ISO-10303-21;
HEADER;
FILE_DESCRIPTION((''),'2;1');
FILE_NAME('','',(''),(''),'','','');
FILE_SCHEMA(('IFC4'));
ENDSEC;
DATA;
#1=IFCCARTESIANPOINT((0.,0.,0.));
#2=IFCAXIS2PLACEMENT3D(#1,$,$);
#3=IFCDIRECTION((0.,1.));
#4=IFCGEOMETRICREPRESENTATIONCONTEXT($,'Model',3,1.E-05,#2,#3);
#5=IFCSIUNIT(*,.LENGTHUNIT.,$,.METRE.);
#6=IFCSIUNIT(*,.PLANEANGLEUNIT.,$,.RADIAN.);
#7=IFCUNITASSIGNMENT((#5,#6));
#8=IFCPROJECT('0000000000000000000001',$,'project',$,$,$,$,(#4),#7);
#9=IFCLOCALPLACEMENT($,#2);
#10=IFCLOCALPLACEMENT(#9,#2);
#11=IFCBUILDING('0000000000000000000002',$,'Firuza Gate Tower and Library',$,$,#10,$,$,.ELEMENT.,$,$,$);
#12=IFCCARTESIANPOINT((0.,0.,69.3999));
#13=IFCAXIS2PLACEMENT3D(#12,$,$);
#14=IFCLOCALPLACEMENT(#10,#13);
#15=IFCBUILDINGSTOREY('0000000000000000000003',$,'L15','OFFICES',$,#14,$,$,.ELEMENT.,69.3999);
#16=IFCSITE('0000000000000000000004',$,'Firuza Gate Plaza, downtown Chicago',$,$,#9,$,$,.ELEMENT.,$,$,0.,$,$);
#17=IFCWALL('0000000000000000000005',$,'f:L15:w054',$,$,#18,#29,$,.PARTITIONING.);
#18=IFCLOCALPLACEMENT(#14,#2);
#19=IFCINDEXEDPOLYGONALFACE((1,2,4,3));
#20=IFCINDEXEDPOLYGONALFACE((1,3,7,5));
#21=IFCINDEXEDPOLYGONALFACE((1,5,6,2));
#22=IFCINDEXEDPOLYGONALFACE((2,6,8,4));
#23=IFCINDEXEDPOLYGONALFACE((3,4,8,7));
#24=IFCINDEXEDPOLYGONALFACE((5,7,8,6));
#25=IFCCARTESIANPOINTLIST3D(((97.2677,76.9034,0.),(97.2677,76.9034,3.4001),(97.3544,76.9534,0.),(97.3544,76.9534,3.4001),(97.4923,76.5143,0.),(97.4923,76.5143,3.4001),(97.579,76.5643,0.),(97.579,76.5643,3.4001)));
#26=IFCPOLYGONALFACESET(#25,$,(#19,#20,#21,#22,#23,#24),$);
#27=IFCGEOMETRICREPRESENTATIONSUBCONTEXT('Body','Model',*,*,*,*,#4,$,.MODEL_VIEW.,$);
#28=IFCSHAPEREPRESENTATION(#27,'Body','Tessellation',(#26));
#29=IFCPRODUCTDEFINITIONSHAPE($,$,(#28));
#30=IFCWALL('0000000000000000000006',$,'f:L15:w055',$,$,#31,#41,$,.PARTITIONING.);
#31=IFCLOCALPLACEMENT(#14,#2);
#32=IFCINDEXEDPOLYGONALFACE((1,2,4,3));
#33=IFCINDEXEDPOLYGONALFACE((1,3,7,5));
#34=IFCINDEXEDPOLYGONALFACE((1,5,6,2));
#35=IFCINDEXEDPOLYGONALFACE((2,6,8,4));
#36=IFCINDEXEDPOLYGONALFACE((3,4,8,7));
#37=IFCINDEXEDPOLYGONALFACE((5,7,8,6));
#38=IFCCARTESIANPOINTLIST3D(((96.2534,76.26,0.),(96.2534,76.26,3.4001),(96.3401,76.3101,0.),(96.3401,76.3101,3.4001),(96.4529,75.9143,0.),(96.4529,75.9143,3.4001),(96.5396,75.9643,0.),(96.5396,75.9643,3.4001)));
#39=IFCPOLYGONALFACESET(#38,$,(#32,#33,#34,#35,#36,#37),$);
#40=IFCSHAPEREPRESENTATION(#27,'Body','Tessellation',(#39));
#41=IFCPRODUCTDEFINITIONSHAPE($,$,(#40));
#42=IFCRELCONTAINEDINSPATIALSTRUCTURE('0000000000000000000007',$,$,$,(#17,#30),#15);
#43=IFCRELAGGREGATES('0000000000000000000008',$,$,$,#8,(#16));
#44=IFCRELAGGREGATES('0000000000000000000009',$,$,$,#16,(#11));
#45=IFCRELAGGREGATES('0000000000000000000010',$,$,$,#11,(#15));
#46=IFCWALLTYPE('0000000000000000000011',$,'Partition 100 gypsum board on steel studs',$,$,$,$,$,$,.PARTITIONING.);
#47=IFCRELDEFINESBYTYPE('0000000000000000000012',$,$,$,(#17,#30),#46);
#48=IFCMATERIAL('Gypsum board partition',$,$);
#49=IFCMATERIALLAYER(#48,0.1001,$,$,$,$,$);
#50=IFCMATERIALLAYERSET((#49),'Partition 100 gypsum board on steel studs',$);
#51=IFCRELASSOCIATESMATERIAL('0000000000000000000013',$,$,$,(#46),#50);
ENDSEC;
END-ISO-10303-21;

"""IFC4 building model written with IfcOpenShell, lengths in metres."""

from ifc_helpers import new_model, si_unit, direction, frame, frame_2d, origin, place, context, subcontext, project, spatial, rectangle, extrude, material, layer, layer_set, type_object, element, save


model = new_model("IFC4")

# Units and contexts
model_context = context("Model", 3, precision=1e-05, world=origin(), true_north=direction((0.0, 1.0)))
body_context = subcontext(model_context, "Body", "Model", "MODEL_VIEW")
ifc_project = project(units=[si_unit("LENGTHUNIT", "METRE"), si_unit("PLANEANGLEUNIT", "RADIAN")], contexts=[model_context])

# Site, building, storey
site_placement = place(None, origin())
site = spatial("IfcSite", under=ifc_project, at=site_placement, Name="Firuza Gate Plaza, downtown Chicago", CompositionType="ELEMENT", RefElevation=0.0)
building_placement = place(site_placement, origin())
building = spatial("IfcBuilding", under=site, at=building_placement, Name="Firuza Gate Tower and Library", CompositionType="ELEMENT")
storey_placement = place(building_placement, frame((0.0, 0.0, 69.3999)))
storey = spatial("IfcBuildingStorey", under=building, at=storey_placement, Name="L15", Description="OFFICES", CompositionType="ELEMENT", Elevation=69.3999)

# Shared definitions
ifc_material_1 = material(Name="Gypsum board partition")
ifc_layer_1 = layer(ifc_material_1, 0.1001)
ifc_layer_set_1 = layer_set([ifc_layer_1], Name="Partition 100 gypsum board on steel studs")
wall_type = type_object("IfcWallType", Name="Partition 100 gypsum board on steel studs", PredefinedType="PARTITIONING", material=ifc_layer_set_1)

# Walls
wall_1_placement = place(storey_placement, frame((97.5356, 76.5393, 0.0), z_axis=(0.0, 0.0, 1.0), x_axis=(-0.499879, 0.866095, 0.0)))
element("IfcWall", 1, at=wall_1_placement, inside=storey, type_object=wall_type, Name="f:L15:w054", PredefinedType="PARTITIONING", context=body_context, shape_type="SweptSolid", body=[
    extrude(rectangle(XDim=0.4492, YDim=0.1001, at=frame_2d((0.2246, 0.0))), origin(), (0.0, 0.0, 1.0), 3.4001),
])
wall_2_placement = place(storey_placement, frame((96.4963, 75.9392, 0.0), z_axis=(0.0, 0.0, 1.0), x_axis=(-0.499758, 0.866165, 0.0)))
element("IfcWall", 2, at=wall_2_placement, inside=storey, type_object=wall_type, Name="f:L15:w055", PredefinedType="PARTITIONING", context=body_context, shape_type="SweptSolid", body=[
    extrude(rectangle(XDim=0.3992, YDim=0.1001, at=frame_2d((0.1997, 0.0))), origin(), (0.0, 0.0, 1.0), 3.4001),
])

save(model, "model.ifc")
